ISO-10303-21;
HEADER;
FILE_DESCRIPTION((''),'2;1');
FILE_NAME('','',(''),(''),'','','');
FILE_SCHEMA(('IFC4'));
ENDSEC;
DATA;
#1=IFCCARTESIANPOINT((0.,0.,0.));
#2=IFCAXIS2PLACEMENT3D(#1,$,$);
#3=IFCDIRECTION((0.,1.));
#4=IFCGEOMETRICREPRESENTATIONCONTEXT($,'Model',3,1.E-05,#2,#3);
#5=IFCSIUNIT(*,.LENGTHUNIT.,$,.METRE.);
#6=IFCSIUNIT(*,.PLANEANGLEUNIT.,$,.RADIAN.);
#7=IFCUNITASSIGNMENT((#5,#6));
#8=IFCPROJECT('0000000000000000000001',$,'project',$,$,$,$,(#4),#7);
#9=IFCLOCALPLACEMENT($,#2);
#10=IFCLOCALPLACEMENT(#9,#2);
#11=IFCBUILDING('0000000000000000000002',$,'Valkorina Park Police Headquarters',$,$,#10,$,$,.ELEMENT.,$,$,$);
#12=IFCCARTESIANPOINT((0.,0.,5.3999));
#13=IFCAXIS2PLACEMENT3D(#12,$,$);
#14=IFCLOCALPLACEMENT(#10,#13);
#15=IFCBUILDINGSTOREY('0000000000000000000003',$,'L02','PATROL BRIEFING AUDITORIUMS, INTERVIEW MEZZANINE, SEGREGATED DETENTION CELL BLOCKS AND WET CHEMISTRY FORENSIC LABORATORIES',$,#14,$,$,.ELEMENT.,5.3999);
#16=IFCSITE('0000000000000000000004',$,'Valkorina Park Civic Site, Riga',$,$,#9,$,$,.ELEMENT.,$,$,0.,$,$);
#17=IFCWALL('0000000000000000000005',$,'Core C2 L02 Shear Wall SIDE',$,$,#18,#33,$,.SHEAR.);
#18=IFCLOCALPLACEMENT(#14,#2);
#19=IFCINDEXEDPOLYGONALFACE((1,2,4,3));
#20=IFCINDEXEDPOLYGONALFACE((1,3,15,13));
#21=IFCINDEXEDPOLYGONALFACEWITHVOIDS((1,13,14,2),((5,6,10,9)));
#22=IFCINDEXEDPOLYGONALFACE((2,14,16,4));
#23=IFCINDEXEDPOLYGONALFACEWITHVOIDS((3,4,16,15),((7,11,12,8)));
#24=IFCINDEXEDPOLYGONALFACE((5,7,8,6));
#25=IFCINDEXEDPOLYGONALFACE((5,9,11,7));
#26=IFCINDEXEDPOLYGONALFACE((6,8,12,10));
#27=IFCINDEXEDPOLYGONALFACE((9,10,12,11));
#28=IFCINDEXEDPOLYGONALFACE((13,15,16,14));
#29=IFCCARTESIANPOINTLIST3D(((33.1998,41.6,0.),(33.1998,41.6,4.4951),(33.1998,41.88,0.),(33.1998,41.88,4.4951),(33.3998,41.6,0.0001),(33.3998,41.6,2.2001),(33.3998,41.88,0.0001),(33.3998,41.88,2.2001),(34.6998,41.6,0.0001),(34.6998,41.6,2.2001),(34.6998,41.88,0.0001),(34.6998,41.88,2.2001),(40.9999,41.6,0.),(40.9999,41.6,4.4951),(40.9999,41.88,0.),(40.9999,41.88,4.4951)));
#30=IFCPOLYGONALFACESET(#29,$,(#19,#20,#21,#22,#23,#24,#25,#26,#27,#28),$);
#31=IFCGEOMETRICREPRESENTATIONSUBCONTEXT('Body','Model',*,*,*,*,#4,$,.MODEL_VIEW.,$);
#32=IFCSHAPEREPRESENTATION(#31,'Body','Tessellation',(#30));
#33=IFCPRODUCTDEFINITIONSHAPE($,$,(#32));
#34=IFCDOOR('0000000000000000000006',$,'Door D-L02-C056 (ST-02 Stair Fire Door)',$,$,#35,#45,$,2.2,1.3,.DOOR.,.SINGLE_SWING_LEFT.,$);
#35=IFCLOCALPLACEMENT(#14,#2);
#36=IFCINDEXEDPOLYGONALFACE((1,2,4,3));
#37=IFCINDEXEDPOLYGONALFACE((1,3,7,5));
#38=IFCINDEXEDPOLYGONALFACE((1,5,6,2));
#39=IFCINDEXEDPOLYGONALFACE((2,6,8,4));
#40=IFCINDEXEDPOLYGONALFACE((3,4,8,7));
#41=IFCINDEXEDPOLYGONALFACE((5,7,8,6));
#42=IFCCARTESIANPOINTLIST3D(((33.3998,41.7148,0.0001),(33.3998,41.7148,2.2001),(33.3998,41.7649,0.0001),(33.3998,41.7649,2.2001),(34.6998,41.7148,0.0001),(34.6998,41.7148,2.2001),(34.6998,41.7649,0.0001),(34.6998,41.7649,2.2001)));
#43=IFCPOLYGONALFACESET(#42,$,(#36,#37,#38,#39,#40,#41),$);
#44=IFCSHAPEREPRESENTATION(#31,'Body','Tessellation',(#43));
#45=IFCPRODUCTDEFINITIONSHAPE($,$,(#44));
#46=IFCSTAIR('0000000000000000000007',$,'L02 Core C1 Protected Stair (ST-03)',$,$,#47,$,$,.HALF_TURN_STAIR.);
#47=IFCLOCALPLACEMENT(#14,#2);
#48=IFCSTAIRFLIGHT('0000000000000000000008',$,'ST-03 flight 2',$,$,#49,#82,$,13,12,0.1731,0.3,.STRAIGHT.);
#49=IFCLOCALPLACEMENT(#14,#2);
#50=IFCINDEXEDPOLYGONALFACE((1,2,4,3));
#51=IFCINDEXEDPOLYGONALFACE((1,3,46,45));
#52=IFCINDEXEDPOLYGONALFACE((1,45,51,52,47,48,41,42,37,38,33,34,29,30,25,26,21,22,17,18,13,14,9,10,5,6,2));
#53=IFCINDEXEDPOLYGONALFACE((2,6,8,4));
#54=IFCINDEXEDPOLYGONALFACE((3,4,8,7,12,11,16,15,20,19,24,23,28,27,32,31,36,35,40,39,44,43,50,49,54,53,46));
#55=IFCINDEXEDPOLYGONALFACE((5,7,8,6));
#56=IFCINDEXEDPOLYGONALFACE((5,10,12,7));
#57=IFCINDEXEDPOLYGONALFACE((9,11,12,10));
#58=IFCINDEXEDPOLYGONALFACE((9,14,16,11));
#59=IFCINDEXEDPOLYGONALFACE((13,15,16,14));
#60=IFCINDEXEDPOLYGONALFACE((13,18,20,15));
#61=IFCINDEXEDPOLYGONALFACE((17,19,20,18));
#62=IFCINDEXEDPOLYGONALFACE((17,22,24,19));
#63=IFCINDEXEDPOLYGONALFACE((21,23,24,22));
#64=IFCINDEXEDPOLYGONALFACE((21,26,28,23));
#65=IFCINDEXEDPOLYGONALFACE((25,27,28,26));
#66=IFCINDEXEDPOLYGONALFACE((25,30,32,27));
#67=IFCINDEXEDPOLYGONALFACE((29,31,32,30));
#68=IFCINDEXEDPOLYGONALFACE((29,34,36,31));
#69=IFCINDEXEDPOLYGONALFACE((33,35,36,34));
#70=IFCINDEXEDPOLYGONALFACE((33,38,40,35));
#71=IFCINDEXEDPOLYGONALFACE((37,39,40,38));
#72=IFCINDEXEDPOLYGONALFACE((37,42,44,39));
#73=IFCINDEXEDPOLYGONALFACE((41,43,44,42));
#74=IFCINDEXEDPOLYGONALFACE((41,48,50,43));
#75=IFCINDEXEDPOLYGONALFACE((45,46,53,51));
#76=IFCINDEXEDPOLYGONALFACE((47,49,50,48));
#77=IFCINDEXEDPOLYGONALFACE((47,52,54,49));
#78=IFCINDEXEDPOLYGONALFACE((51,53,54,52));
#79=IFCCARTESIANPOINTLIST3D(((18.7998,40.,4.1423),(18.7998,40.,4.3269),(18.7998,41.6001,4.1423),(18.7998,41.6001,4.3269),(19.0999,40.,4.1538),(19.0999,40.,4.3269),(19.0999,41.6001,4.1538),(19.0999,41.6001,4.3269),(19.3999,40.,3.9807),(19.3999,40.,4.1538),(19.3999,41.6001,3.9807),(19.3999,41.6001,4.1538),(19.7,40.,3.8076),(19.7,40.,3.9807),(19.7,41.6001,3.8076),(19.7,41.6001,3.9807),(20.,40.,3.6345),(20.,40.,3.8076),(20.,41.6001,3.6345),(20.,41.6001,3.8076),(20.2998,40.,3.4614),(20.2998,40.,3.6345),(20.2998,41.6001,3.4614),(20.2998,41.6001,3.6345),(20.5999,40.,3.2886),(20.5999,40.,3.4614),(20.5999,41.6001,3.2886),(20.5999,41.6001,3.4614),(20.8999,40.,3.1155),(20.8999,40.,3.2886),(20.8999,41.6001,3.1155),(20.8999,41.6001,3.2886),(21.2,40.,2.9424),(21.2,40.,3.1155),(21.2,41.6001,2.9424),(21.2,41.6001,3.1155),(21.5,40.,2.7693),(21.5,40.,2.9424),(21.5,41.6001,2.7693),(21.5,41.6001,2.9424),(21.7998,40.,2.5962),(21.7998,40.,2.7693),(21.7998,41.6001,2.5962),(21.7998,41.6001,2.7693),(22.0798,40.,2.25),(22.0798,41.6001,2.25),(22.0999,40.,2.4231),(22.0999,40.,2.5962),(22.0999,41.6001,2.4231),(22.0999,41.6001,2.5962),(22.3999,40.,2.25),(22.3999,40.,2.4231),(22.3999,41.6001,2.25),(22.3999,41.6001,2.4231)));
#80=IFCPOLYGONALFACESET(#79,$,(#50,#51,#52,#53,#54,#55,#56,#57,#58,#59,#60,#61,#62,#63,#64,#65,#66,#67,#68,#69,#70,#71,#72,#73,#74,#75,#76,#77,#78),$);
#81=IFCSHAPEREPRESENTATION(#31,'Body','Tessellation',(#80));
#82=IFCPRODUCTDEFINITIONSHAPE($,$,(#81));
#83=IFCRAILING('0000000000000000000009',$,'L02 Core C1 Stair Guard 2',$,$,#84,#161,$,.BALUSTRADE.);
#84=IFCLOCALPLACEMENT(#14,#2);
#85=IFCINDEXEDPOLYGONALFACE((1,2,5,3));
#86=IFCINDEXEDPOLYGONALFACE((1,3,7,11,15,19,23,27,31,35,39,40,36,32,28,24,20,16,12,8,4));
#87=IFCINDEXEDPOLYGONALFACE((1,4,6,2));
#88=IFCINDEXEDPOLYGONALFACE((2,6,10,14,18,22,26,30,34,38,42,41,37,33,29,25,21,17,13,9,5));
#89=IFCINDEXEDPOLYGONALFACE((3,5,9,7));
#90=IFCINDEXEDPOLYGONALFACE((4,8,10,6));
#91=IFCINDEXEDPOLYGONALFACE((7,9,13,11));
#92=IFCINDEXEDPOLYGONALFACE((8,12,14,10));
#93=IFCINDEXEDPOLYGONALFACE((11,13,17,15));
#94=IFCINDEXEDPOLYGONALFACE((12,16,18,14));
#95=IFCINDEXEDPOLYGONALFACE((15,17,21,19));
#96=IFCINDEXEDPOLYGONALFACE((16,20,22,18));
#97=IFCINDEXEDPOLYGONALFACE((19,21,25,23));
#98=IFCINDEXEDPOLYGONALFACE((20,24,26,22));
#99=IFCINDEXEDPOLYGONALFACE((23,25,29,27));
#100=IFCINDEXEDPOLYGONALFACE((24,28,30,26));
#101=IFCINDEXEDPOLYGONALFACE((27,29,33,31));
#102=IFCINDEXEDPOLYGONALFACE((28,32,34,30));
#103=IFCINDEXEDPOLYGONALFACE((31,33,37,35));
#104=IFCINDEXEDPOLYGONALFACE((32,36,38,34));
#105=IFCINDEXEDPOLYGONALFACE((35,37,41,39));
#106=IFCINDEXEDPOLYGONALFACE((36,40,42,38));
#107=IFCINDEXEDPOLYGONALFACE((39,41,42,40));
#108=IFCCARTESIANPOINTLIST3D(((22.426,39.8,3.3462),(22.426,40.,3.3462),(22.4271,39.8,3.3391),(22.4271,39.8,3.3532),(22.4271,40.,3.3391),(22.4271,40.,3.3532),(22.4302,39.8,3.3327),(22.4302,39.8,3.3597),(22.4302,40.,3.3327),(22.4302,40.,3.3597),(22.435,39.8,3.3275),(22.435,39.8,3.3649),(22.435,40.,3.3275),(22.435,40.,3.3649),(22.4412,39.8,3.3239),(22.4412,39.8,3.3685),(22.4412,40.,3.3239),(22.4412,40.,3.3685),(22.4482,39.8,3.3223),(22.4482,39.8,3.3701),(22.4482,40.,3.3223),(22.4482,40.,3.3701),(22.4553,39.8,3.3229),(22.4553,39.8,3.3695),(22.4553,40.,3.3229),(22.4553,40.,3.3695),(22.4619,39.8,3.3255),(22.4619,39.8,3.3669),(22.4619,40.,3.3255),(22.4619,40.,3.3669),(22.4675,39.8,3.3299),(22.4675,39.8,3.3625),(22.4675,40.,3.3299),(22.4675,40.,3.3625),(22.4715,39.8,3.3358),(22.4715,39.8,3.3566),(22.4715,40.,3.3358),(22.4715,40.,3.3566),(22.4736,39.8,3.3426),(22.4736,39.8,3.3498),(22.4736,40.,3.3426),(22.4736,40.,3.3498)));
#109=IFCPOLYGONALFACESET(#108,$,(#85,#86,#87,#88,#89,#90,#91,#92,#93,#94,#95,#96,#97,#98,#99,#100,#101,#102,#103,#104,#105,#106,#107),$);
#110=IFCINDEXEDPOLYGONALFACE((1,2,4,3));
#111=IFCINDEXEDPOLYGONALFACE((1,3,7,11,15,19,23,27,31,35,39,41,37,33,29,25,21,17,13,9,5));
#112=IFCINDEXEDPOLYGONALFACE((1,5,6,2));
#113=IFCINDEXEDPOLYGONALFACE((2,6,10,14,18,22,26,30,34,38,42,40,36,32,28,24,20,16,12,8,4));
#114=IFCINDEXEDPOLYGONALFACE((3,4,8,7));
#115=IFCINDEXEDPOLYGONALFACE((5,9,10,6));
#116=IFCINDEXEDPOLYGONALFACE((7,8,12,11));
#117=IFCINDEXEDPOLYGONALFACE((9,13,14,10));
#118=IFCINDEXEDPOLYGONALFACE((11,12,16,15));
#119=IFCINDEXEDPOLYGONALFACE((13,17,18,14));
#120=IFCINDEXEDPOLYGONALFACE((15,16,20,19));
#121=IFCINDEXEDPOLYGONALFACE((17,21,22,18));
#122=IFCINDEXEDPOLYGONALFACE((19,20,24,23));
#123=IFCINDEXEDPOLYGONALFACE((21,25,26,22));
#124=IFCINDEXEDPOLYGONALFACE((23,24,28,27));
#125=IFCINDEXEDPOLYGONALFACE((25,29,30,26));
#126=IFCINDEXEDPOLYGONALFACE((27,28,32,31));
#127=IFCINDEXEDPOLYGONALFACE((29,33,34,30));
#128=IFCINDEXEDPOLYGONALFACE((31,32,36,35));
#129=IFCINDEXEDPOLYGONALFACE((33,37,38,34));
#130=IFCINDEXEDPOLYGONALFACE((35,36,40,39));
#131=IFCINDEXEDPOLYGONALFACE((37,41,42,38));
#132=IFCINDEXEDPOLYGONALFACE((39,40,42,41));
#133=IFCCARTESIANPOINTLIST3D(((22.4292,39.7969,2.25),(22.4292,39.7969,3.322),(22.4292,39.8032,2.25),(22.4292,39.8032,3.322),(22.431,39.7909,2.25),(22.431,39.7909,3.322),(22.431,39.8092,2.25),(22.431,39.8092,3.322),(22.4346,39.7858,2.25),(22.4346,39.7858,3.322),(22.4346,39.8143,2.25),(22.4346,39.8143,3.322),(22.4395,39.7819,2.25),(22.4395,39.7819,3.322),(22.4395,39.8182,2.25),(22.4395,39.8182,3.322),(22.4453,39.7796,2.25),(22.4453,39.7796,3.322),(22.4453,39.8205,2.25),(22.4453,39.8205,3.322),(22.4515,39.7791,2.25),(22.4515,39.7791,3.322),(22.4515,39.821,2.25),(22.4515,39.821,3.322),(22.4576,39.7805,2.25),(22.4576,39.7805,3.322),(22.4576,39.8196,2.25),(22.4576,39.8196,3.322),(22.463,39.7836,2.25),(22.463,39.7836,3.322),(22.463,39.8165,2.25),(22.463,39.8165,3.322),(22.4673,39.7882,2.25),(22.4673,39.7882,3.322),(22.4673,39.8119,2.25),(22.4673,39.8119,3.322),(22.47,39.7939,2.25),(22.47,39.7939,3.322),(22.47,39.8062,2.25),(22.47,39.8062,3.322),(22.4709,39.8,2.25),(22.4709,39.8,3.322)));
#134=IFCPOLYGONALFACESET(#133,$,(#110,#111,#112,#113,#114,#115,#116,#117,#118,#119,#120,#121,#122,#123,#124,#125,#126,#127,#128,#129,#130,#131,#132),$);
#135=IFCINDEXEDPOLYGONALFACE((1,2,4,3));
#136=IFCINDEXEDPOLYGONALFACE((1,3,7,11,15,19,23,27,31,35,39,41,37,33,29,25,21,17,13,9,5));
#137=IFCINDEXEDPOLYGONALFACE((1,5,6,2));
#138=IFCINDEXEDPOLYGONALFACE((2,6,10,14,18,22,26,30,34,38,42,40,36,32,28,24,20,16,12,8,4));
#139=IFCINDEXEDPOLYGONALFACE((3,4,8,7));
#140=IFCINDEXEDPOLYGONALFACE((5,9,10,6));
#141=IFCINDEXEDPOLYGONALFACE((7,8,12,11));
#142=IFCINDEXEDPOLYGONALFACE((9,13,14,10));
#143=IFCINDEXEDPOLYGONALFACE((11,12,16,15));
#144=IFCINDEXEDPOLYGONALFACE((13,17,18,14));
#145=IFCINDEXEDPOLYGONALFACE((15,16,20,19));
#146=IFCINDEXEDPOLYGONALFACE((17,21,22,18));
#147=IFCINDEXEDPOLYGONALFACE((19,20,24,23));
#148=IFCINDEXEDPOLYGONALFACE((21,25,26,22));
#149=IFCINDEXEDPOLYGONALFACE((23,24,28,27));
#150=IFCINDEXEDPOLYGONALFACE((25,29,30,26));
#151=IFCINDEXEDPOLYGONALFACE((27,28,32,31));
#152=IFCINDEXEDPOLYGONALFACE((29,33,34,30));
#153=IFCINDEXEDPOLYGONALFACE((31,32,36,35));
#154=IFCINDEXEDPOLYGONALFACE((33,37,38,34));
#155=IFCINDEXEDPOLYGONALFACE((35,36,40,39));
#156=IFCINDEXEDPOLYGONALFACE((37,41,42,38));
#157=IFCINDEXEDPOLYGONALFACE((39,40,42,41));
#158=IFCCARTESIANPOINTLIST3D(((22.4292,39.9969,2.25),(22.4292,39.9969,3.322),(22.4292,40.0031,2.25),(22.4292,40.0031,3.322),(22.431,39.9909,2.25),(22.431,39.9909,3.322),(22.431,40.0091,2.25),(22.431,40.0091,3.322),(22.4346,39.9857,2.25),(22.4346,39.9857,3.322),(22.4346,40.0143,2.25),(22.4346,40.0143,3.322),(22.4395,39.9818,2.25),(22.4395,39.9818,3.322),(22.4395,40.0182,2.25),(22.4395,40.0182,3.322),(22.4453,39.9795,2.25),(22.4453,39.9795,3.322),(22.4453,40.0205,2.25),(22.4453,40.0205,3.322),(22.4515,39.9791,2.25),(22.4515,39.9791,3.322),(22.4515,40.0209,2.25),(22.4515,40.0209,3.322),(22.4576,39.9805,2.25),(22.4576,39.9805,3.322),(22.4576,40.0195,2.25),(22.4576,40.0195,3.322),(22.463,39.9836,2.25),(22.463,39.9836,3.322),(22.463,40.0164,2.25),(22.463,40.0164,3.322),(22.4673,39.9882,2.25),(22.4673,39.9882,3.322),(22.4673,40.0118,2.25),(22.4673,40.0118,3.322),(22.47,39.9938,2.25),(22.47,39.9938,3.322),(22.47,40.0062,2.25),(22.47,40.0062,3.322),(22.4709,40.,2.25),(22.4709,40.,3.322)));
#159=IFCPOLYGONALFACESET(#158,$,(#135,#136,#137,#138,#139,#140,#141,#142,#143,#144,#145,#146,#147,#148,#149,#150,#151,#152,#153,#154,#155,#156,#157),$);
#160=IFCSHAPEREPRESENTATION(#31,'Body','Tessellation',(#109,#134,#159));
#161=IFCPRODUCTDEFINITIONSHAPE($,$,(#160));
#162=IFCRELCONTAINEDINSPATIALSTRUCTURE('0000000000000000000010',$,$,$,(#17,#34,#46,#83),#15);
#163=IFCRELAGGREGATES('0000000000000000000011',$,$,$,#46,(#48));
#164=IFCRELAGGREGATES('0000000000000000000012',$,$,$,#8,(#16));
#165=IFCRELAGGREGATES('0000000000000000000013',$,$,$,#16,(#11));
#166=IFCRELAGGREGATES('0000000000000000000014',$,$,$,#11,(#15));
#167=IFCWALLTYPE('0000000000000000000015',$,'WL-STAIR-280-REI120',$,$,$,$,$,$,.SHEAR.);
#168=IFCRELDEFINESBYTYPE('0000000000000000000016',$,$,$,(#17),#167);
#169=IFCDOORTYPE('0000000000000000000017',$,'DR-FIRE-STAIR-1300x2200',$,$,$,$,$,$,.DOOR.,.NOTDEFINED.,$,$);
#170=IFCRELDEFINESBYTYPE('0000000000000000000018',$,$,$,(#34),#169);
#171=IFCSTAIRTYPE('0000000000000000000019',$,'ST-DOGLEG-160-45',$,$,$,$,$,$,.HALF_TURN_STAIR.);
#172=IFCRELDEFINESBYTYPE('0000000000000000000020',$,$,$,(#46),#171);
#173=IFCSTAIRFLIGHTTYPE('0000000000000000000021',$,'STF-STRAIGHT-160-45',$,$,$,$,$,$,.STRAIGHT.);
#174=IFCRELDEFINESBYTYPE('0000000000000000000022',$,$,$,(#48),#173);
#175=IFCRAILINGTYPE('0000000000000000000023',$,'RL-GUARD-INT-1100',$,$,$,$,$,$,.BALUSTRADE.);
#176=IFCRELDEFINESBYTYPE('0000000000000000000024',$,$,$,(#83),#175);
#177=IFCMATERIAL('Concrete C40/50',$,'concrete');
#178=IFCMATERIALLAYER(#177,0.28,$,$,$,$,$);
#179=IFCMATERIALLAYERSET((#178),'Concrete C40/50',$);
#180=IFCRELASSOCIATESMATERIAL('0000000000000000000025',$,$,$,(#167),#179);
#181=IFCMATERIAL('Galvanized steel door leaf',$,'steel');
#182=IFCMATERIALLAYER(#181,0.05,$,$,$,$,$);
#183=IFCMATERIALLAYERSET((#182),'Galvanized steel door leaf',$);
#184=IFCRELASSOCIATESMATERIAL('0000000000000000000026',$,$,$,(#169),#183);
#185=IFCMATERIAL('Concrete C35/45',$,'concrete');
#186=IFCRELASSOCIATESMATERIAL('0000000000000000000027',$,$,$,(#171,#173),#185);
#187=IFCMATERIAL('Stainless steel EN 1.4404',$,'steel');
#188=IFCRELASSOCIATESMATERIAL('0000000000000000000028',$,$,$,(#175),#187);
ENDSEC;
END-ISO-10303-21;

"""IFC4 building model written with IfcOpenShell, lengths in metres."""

from ifc_helpers import new_model, si_unit, direction, frame, frame_2d, origin, origin_2d, place, context, subcontext, project, spatial, polyline, rectangle, circle, outline, extrude, material, layer, layer_set, type_object, element, fill, aggregate, save


model = new_model("IFC4")

# Units and contexts
model_context = context("Model", 3, precision=1e-05, world=origin(), true_north=direction((0.0, 1.0)))
body_context = subcontext(model_context, "Body", "Model", "MODEL_VIEW")
ifc_project = project(units=[si_unit("LENGTHUNIT", "METRE"), si_unit("PLANEANGLEUNIT", "RADIAN")], contexts=[model_context])

# Site, building, storey
site_placement = place(None, origin())
site = spatial("IfcSite", under=ifc_project, at=site_placement, Name="Valkorina Park Civic Site, Riga", CompositionType="ELEMENT", RefElevation=0.0)
building_placement = place(site_placement, origin())
building = spatial("IfcBuilding", under=site, at=building_placement, Name="Valkorina Park Police Headquarters", CompositionType="ELEMENT")
storey_placement = place(building_placement, frame((0.0, 0.0, 5.3999)))
storey = spatial("IfcBuildingStorey", under=building, at=storey_placement, Name="L02", Description="PATROL BRIEFING AUDITORIUMS, INTERVIEW MEZZANINE, SEGREGATED DETENTION CELL BLOCKS AND WET CHEMISTRY FORENSIC LABORATORIES", CompositionType="ELEMENT", Elevation=5.3999)

# Shared definitions
ifc_material_1 = material(Name="Stainless steel EN 1.4404", Category="steel")

# Shared definitions
ifc_material_2 = material(Name="Galvanized steel door leaf", Category="steel")

# Shared definitions
ifc_material_3 = material(Name="Concrete C40/50", Category="concrete")

# Shared definitions
ifc_layer_1 = layer(ifc_material_3, 0.28)
ifc_layer_set_1 = layer_set([ifc_layer_1], Name="Concrete C40/50")
wall_type_1 = type_object("IfcWallType", Name="WL-STAIR-280-REI120", PredefinedType="SHEAR", material=ifc_layer_set_1)

# Wall, opening, door
wall_1_placement = place(storey_placement, frame((33.2, 41.74, 0.0), z_axis=(0.0, 0.0, 1.0), x_axis=(1.0, 0.0, 0.0)))
wall_1 = element("IfcWall", 1, at=wall_1_placement, inside=storey, type_object=wall_type_1, Name="Core C2 L02 Shear Wall SIDE", PredefinedType="SHEAR", context=body_context, shape_type="SweptSolid", body=[
    extrude(rectangle(XDim=7.8, YDim=0.28, at=frame_2d((3.8999, 0.0))), origin(), (0.0, 0.0, 1.0), 4.4951),
])
opening_1_placement = place(wall_1_placement, frame((0.2, 0.0, 0.0)))
opening_1 = element("IfcOpeningElement", 2, at=opening_1_placement, cuts=wall_1, PredefinedType="OPENING", context=body_context, shape_type="SweptSolid", body=[
    extrude(rectangle(XDim=1.3, YDim=2.2, at=frame_2d((0.6499, 1.1001))), frame((0.0, 0.1499, 0.0), z_axis=(0.0, -1.0, 0.0), x_axis=(1.0, 0.0, 0.0)), (0.0, 0.0, 1.0), 0.3),
])
ifc_layer_2 = layer(ifc_material_2, 0.05)
ifc_layer_set_2 = layer_set([ifc_layer_2], Name="Galvanized steel door leaf")
door_type_1 = type_object("IfcDoorType", Name="DR-FIRE-STAIR-1300x2200", OperationType="NOTDEFINED", PredefinedType="DOOR", material=ifc_layer_set_2)
door_1_placement = place(opening_1_placement, origin())
door_1 = element("IfcDoor", 3, at=door_1_placement, inside=storey, type_object=door_type_1, Name="Door D-L02-C056 (ST-02 Stair Fire Door)", OperationType="SINGLE_SWING_LEFT", OverallHeight=2.2, OverallWidth=1.3, PredefinedType="DOOR", context=body_context, shape_type="SweptSolid", body=[
    extrude(rectangle(XDim=1.3, YDim=2.2, at=frame_2d((0.6499, 1.1001))), frame((0.0, 0.0249, 0.0), z_axis=(0.0, -1.0, 0.0), x_axis=(1.0, 0.0, 0.0)), (0.0, 0.0, 1.0), 0.05),
])
fill(opening_1, door_1)

# Stair, stair flight
ifc_material_4 = material(Name="Concrete C35/45", Category="concrete")
stair_type = type_object("IfcStairType", Name="ST-DOGLEG-160-45", PredefinedType="HALF_TURN_STAIR", material=ifc_material_4)
stair_placement = place(storey_placement, origin())
stair = element("IfcStair", 4, at=stair_placement, inside=storey, type_object=stair_type, Name="L02 Core C1 Protected Stair (ST-03)", PredefinedType="HALF_TURN_STAIR")
stair_flight_type = type_object("IfcStairFlightType", Name="STF-STRAIGHT-160-45", PredefinedType="STRAIGHT", material=ifc_material_4)
stair_flight_placement = place(storey_placement, frame((22.3999, 40.8, 2.25), z_axis=(0.0, 0.0, 1.0), x_axis=(-1.0, 0.0, 0.0)))
stair_flight = element("IfcStairFlight", 5, at=stair_flight_placement, type_object=stair_flight_type, Name="ST-03 flight 2", NumberOfRisers=13, NumberOfTreads=12, PredefinedType="STRAIGHT", RiserHeight=0.1731, TreadLength=0.3, context=body_context, shape_type="SweptSolid", body=[
    extrude(outline(polyline([(0.0, 0.0), (0.0, 0.1731), (0.3, 0.1731), (0.3, 0.3462), (0.6001, 0.3462), (0.6001, 0.5193), (0.8999, 0.5193), (0.8999, 0.6924), (1.2, 0.6924), (1.2, 0.8655), (1.5, 0.8655), (1.5, 1.0386), (1.8, 1.0386), (1.8, 1.2114), (2.1001, 1.2114), (2.1001, 1.3845), (2.3999, 1.3845), (2.3999, 1.5576), (2.7, 1.5576), (2.7, 1.7307), (3.0, 1.7307), (3.0, 1.9038), (3.3, 1.9038), (3.3, 2.0769), (3.6001, 2.0769), (3.6001, 2.25), (3.6001, 1.8923), (0.3201, 0.0), (0.0, 0.0)])), frame((0.0, 0.8, 0.0), z_axis=(0.0, -1.0, 0.0), x_axis=(1.0, 0.0, 0.0)), (0.0, 0.0, 1.0), 1.6001),
])
aggregate(stair, [stair_flight])

# Railing
railing_type_1 = type_object("IfcRailingType", Name="RL-GUARD-INT-1100", PredefinedType="BALUSTRADE", material=ifc_material_1)
railing_1_placement = place(storey_placement, frame((22.45, 39.8, 2.25)))
element("IfcRailing", 6, at=railing_1_placement, inside=storey, type_object=railing_type_1, Name="L02 Core C1 Stair Guard 2", PredefinedType="BALUSTRADE", context=body_context, shape_type="SweptSolid", body=[
    extrude(circle(Radius=0.0239, at=origin_2d()), frame((0.0, 0.0, 1.0962), z_axis=(0.0, 1.0, 0.0), x_axis=(-1.0, 0.0, 0.0)), (0.0, 0.0, 1.0), 0.2),
    extrude(circle(Radius=0.021, at=origin_2d()), origin(), (0.0, 0.0, 1.0), 1.072),
    extrude(circle(Radius=0.021, at=origin_2d()), frame((0.0, 0.2, 0.0)), (0.0, 0.0, 1.0), 1.072),
])

save(model, "model.ifc")
